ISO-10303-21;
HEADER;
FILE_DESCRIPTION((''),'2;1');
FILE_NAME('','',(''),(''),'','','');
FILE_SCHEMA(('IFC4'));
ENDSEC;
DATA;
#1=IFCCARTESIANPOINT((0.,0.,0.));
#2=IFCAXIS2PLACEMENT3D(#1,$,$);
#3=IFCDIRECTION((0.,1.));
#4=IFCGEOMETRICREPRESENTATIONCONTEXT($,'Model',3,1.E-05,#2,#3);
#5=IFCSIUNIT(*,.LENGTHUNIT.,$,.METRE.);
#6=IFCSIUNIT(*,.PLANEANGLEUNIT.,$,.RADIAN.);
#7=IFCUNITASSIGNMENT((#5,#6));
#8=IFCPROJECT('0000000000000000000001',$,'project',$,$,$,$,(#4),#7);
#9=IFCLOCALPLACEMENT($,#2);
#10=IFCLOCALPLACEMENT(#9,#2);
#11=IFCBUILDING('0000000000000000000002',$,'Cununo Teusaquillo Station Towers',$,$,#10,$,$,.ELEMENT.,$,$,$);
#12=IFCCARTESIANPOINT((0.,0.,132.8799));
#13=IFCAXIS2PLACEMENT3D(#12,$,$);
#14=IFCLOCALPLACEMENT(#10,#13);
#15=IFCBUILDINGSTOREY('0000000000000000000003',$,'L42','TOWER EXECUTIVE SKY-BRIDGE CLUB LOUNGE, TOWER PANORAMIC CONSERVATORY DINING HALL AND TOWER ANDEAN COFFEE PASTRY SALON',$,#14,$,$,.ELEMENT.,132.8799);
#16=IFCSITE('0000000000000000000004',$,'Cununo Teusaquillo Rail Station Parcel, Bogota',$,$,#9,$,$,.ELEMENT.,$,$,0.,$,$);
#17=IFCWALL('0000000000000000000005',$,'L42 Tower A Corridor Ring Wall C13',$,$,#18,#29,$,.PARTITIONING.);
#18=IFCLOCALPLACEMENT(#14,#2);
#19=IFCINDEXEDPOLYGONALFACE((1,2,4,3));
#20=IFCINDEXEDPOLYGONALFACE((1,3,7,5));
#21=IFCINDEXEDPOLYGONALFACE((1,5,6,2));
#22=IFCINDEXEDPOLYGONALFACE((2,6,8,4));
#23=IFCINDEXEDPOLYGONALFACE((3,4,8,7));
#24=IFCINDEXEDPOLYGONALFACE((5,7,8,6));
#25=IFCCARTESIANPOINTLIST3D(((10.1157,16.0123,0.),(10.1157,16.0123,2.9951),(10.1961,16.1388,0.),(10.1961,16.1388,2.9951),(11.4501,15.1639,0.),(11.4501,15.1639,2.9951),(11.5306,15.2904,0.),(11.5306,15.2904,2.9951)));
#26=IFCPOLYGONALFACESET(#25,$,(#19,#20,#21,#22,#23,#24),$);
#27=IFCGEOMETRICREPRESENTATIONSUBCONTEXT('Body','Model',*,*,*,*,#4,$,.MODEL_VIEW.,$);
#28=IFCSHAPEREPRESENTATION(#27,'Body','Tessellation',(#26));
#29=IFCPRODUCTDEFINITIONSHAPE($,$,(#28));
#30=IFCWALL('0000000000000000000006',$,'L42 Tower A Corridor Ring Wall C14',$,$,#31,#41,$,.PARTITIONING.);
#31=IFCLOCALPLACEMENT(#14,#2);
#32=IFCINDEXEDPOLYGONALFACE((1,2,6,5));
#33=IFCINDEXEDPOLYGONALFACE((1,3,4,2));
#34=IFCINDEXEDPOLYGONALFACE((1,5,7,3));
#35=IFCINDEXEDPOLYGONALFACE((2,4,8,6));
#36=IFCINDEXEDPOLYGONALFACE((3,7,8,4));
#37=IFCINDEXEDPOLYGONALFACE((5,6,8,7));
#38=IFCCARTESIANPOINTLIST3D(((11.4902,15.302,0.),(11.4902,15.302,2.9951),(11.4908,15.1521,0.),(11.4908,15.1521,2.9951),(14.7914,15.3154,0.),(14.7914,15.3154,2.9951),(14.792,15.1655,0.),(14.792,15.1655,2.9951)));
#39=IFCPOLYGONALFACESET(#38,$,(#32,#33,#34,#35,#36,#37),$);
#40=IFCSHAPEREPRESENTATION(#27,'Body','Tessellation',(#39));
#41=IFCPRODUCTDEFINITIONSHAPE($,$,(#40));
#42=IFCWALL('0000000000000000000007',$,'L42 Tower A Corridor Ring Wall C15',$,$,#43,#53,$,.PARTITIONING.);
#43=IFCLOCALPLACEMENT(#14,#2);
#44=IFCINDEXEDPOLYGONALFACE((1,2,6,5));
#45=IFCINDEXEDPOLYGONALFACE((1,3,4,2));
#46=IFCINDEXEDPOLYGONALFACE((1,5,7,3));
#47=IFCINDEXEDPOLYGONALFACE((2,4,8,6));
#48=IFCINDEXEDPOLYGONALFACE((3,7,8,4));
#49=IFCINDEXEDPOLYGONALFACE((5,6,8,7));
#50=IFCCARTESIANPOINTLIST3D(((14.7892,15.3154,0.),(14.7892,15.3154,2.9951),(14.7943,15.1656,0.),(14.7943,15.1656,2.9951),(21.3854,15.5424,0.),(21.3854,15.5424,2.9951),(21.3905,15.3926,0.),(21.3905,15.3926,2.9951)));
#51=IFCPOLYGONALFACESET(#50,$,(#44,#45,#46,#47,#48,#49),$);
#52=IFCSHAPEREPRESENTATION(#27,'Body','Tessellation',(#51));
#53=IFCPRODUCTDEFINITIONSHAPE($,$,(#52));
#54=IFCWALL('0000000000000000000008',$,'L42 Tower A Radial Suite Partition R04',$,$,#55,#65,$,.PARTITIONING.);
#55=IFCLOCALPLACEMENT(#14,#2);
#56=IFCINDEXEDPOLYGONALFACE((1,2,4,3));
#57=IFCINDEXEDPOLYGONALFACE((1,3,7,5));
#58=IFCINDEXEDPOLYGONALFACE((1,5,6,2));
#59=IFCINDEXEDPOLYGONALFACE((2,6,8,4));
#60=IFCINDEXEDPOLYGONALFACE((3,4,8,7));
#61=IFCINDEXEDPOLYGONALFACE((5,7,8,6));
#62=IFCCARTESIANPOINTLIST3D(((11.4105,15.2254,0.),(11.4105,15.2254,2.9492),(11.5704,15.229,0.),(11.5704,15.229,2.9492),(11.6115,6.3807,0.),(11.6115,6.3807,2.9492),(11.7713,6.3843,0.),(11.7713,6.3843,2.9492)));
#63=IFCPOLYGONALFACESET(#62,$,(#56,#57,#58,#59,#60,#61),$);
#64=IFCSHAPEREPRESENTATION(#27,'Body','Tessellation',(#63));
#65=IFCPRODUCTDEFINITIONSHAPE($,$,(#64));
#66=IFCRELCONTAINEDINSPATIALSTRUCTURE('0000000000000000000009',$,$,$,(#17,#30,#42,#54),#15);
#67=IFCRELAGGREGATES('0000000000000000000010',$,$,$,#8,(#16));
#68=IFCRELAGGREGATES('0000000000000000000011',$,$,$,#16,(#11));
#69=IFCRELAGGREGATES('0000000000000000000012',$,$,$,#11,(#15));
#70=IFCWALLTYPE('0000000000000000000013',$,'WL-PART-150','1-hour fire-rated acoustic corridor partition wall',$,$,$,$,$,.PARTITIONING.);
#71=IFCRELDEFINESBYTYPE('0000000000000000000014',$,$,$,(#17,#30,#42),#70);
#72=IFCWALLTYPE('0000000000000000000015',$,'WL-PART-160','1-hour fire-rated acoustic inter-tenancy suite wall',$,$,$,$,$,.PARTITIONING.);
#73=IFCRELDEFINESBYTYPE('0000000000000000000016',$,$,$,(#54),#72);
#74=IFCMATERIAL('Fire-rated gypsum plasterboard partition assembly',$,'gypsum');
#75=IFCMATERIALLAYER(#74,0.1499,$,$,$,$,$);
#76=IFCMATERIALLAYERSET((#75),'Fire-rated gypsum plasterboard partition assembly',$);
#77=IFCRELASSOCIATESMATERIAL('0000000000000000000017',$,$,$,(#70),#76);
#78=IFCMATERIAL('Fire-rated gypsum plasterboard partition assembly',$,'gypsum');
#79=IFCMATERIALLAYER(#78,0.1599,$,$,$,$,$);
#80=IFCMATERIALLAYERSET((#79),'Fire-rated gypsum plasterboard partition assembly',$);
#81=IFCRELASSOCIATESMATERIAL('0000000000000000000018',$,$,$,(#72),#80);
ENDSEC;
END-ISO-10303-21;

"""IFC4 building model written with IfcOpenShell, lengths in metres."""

from ifc_helpers import new_model, si_unit, direction, frame, frame_2d, origin, place, context, subcontext, project, spatial, rectangle, extrude, material, layer, layer_set, type_object, element, save


model = new_model("IFC4")

# Units and contexts
model_context = context("Model", 3, precision=1e-05, world=origin(), true_north=direction((0.0, 1.0)))
body_context = subcontext(model_context, "Body", "Model", "MODEL_VIEW")
ifc_project = project(units=[si_unit("LENGTHUNIT", "METRE"), si_unit("PLANEANGLEUNIT", "RADIAN")], contexts=[model_context])

# Site, building, storey
site_placement = place(None, origin())
site = spatial("IfcSite", under=ifc_project, at=site_placement, Name="Cununo Teusaquillo Rail Station Parcel, Bogota", CompositionType="ELEMENT", RefElevation=0.0)
building_placement = place(site_placement, origin())
building = spatial("IfcBuilding", under=site, at=building_placement, Name="Cununo Teusaquillo Station Towers", CompositionType="ELEMENT")
storey_placement = place(building_placement, frame((0.0, 0.0, 132.8799)))
storey = spatial("IfcBuildingStorey", under=building, at=storey_placement, Name="L42", Description="TOWER EXECUTIVE SKY-BRIDGE CLUB LOUNGE, TOWER PANORAMIC CONSERVATORY DINING HALL AND TOWER ANDEAN COFFEE PASTRY SALON", CompositionType="ELEMENT", Elevation=132.8799)

# Shared definitions
ifc_material_1 = material(Name="Fire-rated gypsum plasterboard partition assembly", Category="gypsum")
ifc_layer_1 = layer(ifc_material_1, 0.1499)
ifc_layer_set_1 = layer_set([ifc_layer_1], Name="Fire-rated gypsum plasterboard partition assembly")
wall_type_1 = type_object("IfcWallType", Name="WL-PART-150", Description="1-hour fire-rated acoustic corridor partition wall", PredefinedType="PARTITIONING", material=ifc_layer_set_1)

# Walls
wall_1_placement = place(storey_placement, frame((10.156, 16.0754, 0.0), z_axis=(0.0, 0.0, 1.0), x_axis=(0.843897, -0.536506, 0.0)))
element("IfcWall", 1, at=wall_1_placement, inside=storey, type_object=wall_type_1, Name="L42 Tower A Corridor Ring Wall C13", PredefinedType="PARTITIONING", context=body_context, shape_type="SweptSolid", body=[
    extrude(rectangle(XDim=1.5813, YDim=0.1499, at=frame_2d((0.7905, 0.0))), origin(), (0.0, 0.0, 1.0), 2.9951),
])
wall_2_placement = place(storey_placement, frame((11.4905, 15.2271, 0.0), z_axis=(0.0, 0.0, 1.0), x_axis=(0.999992, 0.004067, 0.0)))
element("IfcWall", 2, at=wall_2_placement, inside=storey, type_object=wall_type_1, Name="L42 Tower A Corridor Ring Wall C14", PredefinedType="PARTITIONING", context=body_context, shape_type="SweptSolid", body=[
    extrude(rectangle(XDim=3.3013, YDim=0.1499, at=frame_2d((1.6506, 0.0))), origin(), (0.0, 0.0, 1.0), 2.9951),
])
wall_3_placement = place(storey_placement, frame((14.7917, 15.2405, 0.0), z_axis=(0.0, 0.0, 1.0), x_axis=(0.999408, 0.034401, 0.0)))
element("IfcWall", 3, at=wall_3_placement, inside=storey, type_object=wall_type_1, Name="L42 Tower A Corridor Ring Wall C15", PredefinedType="PARTITIONING", context=body_context, shape_type="SweptSolid", body=[
    extrude(rectangle(XDim=6.6001, YDim=0.1499, at=frame_2d((3.3, 0.0))), origin(), (0.0, 0.0, 1.0), 2.9951),
])
ifc_material_2 = material(Name="Fire-rated gypsum plasterboard partition assembly", Category="gypsum")
ifc_layer_2 = layer(ifc_material_2, 0.1599)
ifc_layer_set_2 = layer_set([ifc_layer_2], Name="Fire-rated gypsum plasterboard partition assembly")
wall_type_2 = type_object("IfcWallType", Name="WL-PART-160", Description="1-hour fire-rated acoustic inter-tenancy suite wall", PredefinedType="PARTITIONING", material=ifc_layer_set_2)
wall_4_placement = place(storey_placement, frame((11.4905, 15.2271, 0.0), z_axis=(0.0, 0.0, 1.0), x_axis=(0.022711, -0.999742, 0.0)))
element("IfcWall", 4, at=wall_4_placement, inside=storey, type_object=wall_type_2, Name="L42 Tower A Radial Suite Partition R04", PredefinedType="PARTITIONING", context=body_context, shape_type="SweptSolid", body=[
    extrude(rectangle(XDim=8.8469, YDim=0.1599, at=frame_2d((4.4233, 0.0))), origin(), (0.0, 0.0, 1.0), 2.9492),
])

save(model, "model.ifc")
